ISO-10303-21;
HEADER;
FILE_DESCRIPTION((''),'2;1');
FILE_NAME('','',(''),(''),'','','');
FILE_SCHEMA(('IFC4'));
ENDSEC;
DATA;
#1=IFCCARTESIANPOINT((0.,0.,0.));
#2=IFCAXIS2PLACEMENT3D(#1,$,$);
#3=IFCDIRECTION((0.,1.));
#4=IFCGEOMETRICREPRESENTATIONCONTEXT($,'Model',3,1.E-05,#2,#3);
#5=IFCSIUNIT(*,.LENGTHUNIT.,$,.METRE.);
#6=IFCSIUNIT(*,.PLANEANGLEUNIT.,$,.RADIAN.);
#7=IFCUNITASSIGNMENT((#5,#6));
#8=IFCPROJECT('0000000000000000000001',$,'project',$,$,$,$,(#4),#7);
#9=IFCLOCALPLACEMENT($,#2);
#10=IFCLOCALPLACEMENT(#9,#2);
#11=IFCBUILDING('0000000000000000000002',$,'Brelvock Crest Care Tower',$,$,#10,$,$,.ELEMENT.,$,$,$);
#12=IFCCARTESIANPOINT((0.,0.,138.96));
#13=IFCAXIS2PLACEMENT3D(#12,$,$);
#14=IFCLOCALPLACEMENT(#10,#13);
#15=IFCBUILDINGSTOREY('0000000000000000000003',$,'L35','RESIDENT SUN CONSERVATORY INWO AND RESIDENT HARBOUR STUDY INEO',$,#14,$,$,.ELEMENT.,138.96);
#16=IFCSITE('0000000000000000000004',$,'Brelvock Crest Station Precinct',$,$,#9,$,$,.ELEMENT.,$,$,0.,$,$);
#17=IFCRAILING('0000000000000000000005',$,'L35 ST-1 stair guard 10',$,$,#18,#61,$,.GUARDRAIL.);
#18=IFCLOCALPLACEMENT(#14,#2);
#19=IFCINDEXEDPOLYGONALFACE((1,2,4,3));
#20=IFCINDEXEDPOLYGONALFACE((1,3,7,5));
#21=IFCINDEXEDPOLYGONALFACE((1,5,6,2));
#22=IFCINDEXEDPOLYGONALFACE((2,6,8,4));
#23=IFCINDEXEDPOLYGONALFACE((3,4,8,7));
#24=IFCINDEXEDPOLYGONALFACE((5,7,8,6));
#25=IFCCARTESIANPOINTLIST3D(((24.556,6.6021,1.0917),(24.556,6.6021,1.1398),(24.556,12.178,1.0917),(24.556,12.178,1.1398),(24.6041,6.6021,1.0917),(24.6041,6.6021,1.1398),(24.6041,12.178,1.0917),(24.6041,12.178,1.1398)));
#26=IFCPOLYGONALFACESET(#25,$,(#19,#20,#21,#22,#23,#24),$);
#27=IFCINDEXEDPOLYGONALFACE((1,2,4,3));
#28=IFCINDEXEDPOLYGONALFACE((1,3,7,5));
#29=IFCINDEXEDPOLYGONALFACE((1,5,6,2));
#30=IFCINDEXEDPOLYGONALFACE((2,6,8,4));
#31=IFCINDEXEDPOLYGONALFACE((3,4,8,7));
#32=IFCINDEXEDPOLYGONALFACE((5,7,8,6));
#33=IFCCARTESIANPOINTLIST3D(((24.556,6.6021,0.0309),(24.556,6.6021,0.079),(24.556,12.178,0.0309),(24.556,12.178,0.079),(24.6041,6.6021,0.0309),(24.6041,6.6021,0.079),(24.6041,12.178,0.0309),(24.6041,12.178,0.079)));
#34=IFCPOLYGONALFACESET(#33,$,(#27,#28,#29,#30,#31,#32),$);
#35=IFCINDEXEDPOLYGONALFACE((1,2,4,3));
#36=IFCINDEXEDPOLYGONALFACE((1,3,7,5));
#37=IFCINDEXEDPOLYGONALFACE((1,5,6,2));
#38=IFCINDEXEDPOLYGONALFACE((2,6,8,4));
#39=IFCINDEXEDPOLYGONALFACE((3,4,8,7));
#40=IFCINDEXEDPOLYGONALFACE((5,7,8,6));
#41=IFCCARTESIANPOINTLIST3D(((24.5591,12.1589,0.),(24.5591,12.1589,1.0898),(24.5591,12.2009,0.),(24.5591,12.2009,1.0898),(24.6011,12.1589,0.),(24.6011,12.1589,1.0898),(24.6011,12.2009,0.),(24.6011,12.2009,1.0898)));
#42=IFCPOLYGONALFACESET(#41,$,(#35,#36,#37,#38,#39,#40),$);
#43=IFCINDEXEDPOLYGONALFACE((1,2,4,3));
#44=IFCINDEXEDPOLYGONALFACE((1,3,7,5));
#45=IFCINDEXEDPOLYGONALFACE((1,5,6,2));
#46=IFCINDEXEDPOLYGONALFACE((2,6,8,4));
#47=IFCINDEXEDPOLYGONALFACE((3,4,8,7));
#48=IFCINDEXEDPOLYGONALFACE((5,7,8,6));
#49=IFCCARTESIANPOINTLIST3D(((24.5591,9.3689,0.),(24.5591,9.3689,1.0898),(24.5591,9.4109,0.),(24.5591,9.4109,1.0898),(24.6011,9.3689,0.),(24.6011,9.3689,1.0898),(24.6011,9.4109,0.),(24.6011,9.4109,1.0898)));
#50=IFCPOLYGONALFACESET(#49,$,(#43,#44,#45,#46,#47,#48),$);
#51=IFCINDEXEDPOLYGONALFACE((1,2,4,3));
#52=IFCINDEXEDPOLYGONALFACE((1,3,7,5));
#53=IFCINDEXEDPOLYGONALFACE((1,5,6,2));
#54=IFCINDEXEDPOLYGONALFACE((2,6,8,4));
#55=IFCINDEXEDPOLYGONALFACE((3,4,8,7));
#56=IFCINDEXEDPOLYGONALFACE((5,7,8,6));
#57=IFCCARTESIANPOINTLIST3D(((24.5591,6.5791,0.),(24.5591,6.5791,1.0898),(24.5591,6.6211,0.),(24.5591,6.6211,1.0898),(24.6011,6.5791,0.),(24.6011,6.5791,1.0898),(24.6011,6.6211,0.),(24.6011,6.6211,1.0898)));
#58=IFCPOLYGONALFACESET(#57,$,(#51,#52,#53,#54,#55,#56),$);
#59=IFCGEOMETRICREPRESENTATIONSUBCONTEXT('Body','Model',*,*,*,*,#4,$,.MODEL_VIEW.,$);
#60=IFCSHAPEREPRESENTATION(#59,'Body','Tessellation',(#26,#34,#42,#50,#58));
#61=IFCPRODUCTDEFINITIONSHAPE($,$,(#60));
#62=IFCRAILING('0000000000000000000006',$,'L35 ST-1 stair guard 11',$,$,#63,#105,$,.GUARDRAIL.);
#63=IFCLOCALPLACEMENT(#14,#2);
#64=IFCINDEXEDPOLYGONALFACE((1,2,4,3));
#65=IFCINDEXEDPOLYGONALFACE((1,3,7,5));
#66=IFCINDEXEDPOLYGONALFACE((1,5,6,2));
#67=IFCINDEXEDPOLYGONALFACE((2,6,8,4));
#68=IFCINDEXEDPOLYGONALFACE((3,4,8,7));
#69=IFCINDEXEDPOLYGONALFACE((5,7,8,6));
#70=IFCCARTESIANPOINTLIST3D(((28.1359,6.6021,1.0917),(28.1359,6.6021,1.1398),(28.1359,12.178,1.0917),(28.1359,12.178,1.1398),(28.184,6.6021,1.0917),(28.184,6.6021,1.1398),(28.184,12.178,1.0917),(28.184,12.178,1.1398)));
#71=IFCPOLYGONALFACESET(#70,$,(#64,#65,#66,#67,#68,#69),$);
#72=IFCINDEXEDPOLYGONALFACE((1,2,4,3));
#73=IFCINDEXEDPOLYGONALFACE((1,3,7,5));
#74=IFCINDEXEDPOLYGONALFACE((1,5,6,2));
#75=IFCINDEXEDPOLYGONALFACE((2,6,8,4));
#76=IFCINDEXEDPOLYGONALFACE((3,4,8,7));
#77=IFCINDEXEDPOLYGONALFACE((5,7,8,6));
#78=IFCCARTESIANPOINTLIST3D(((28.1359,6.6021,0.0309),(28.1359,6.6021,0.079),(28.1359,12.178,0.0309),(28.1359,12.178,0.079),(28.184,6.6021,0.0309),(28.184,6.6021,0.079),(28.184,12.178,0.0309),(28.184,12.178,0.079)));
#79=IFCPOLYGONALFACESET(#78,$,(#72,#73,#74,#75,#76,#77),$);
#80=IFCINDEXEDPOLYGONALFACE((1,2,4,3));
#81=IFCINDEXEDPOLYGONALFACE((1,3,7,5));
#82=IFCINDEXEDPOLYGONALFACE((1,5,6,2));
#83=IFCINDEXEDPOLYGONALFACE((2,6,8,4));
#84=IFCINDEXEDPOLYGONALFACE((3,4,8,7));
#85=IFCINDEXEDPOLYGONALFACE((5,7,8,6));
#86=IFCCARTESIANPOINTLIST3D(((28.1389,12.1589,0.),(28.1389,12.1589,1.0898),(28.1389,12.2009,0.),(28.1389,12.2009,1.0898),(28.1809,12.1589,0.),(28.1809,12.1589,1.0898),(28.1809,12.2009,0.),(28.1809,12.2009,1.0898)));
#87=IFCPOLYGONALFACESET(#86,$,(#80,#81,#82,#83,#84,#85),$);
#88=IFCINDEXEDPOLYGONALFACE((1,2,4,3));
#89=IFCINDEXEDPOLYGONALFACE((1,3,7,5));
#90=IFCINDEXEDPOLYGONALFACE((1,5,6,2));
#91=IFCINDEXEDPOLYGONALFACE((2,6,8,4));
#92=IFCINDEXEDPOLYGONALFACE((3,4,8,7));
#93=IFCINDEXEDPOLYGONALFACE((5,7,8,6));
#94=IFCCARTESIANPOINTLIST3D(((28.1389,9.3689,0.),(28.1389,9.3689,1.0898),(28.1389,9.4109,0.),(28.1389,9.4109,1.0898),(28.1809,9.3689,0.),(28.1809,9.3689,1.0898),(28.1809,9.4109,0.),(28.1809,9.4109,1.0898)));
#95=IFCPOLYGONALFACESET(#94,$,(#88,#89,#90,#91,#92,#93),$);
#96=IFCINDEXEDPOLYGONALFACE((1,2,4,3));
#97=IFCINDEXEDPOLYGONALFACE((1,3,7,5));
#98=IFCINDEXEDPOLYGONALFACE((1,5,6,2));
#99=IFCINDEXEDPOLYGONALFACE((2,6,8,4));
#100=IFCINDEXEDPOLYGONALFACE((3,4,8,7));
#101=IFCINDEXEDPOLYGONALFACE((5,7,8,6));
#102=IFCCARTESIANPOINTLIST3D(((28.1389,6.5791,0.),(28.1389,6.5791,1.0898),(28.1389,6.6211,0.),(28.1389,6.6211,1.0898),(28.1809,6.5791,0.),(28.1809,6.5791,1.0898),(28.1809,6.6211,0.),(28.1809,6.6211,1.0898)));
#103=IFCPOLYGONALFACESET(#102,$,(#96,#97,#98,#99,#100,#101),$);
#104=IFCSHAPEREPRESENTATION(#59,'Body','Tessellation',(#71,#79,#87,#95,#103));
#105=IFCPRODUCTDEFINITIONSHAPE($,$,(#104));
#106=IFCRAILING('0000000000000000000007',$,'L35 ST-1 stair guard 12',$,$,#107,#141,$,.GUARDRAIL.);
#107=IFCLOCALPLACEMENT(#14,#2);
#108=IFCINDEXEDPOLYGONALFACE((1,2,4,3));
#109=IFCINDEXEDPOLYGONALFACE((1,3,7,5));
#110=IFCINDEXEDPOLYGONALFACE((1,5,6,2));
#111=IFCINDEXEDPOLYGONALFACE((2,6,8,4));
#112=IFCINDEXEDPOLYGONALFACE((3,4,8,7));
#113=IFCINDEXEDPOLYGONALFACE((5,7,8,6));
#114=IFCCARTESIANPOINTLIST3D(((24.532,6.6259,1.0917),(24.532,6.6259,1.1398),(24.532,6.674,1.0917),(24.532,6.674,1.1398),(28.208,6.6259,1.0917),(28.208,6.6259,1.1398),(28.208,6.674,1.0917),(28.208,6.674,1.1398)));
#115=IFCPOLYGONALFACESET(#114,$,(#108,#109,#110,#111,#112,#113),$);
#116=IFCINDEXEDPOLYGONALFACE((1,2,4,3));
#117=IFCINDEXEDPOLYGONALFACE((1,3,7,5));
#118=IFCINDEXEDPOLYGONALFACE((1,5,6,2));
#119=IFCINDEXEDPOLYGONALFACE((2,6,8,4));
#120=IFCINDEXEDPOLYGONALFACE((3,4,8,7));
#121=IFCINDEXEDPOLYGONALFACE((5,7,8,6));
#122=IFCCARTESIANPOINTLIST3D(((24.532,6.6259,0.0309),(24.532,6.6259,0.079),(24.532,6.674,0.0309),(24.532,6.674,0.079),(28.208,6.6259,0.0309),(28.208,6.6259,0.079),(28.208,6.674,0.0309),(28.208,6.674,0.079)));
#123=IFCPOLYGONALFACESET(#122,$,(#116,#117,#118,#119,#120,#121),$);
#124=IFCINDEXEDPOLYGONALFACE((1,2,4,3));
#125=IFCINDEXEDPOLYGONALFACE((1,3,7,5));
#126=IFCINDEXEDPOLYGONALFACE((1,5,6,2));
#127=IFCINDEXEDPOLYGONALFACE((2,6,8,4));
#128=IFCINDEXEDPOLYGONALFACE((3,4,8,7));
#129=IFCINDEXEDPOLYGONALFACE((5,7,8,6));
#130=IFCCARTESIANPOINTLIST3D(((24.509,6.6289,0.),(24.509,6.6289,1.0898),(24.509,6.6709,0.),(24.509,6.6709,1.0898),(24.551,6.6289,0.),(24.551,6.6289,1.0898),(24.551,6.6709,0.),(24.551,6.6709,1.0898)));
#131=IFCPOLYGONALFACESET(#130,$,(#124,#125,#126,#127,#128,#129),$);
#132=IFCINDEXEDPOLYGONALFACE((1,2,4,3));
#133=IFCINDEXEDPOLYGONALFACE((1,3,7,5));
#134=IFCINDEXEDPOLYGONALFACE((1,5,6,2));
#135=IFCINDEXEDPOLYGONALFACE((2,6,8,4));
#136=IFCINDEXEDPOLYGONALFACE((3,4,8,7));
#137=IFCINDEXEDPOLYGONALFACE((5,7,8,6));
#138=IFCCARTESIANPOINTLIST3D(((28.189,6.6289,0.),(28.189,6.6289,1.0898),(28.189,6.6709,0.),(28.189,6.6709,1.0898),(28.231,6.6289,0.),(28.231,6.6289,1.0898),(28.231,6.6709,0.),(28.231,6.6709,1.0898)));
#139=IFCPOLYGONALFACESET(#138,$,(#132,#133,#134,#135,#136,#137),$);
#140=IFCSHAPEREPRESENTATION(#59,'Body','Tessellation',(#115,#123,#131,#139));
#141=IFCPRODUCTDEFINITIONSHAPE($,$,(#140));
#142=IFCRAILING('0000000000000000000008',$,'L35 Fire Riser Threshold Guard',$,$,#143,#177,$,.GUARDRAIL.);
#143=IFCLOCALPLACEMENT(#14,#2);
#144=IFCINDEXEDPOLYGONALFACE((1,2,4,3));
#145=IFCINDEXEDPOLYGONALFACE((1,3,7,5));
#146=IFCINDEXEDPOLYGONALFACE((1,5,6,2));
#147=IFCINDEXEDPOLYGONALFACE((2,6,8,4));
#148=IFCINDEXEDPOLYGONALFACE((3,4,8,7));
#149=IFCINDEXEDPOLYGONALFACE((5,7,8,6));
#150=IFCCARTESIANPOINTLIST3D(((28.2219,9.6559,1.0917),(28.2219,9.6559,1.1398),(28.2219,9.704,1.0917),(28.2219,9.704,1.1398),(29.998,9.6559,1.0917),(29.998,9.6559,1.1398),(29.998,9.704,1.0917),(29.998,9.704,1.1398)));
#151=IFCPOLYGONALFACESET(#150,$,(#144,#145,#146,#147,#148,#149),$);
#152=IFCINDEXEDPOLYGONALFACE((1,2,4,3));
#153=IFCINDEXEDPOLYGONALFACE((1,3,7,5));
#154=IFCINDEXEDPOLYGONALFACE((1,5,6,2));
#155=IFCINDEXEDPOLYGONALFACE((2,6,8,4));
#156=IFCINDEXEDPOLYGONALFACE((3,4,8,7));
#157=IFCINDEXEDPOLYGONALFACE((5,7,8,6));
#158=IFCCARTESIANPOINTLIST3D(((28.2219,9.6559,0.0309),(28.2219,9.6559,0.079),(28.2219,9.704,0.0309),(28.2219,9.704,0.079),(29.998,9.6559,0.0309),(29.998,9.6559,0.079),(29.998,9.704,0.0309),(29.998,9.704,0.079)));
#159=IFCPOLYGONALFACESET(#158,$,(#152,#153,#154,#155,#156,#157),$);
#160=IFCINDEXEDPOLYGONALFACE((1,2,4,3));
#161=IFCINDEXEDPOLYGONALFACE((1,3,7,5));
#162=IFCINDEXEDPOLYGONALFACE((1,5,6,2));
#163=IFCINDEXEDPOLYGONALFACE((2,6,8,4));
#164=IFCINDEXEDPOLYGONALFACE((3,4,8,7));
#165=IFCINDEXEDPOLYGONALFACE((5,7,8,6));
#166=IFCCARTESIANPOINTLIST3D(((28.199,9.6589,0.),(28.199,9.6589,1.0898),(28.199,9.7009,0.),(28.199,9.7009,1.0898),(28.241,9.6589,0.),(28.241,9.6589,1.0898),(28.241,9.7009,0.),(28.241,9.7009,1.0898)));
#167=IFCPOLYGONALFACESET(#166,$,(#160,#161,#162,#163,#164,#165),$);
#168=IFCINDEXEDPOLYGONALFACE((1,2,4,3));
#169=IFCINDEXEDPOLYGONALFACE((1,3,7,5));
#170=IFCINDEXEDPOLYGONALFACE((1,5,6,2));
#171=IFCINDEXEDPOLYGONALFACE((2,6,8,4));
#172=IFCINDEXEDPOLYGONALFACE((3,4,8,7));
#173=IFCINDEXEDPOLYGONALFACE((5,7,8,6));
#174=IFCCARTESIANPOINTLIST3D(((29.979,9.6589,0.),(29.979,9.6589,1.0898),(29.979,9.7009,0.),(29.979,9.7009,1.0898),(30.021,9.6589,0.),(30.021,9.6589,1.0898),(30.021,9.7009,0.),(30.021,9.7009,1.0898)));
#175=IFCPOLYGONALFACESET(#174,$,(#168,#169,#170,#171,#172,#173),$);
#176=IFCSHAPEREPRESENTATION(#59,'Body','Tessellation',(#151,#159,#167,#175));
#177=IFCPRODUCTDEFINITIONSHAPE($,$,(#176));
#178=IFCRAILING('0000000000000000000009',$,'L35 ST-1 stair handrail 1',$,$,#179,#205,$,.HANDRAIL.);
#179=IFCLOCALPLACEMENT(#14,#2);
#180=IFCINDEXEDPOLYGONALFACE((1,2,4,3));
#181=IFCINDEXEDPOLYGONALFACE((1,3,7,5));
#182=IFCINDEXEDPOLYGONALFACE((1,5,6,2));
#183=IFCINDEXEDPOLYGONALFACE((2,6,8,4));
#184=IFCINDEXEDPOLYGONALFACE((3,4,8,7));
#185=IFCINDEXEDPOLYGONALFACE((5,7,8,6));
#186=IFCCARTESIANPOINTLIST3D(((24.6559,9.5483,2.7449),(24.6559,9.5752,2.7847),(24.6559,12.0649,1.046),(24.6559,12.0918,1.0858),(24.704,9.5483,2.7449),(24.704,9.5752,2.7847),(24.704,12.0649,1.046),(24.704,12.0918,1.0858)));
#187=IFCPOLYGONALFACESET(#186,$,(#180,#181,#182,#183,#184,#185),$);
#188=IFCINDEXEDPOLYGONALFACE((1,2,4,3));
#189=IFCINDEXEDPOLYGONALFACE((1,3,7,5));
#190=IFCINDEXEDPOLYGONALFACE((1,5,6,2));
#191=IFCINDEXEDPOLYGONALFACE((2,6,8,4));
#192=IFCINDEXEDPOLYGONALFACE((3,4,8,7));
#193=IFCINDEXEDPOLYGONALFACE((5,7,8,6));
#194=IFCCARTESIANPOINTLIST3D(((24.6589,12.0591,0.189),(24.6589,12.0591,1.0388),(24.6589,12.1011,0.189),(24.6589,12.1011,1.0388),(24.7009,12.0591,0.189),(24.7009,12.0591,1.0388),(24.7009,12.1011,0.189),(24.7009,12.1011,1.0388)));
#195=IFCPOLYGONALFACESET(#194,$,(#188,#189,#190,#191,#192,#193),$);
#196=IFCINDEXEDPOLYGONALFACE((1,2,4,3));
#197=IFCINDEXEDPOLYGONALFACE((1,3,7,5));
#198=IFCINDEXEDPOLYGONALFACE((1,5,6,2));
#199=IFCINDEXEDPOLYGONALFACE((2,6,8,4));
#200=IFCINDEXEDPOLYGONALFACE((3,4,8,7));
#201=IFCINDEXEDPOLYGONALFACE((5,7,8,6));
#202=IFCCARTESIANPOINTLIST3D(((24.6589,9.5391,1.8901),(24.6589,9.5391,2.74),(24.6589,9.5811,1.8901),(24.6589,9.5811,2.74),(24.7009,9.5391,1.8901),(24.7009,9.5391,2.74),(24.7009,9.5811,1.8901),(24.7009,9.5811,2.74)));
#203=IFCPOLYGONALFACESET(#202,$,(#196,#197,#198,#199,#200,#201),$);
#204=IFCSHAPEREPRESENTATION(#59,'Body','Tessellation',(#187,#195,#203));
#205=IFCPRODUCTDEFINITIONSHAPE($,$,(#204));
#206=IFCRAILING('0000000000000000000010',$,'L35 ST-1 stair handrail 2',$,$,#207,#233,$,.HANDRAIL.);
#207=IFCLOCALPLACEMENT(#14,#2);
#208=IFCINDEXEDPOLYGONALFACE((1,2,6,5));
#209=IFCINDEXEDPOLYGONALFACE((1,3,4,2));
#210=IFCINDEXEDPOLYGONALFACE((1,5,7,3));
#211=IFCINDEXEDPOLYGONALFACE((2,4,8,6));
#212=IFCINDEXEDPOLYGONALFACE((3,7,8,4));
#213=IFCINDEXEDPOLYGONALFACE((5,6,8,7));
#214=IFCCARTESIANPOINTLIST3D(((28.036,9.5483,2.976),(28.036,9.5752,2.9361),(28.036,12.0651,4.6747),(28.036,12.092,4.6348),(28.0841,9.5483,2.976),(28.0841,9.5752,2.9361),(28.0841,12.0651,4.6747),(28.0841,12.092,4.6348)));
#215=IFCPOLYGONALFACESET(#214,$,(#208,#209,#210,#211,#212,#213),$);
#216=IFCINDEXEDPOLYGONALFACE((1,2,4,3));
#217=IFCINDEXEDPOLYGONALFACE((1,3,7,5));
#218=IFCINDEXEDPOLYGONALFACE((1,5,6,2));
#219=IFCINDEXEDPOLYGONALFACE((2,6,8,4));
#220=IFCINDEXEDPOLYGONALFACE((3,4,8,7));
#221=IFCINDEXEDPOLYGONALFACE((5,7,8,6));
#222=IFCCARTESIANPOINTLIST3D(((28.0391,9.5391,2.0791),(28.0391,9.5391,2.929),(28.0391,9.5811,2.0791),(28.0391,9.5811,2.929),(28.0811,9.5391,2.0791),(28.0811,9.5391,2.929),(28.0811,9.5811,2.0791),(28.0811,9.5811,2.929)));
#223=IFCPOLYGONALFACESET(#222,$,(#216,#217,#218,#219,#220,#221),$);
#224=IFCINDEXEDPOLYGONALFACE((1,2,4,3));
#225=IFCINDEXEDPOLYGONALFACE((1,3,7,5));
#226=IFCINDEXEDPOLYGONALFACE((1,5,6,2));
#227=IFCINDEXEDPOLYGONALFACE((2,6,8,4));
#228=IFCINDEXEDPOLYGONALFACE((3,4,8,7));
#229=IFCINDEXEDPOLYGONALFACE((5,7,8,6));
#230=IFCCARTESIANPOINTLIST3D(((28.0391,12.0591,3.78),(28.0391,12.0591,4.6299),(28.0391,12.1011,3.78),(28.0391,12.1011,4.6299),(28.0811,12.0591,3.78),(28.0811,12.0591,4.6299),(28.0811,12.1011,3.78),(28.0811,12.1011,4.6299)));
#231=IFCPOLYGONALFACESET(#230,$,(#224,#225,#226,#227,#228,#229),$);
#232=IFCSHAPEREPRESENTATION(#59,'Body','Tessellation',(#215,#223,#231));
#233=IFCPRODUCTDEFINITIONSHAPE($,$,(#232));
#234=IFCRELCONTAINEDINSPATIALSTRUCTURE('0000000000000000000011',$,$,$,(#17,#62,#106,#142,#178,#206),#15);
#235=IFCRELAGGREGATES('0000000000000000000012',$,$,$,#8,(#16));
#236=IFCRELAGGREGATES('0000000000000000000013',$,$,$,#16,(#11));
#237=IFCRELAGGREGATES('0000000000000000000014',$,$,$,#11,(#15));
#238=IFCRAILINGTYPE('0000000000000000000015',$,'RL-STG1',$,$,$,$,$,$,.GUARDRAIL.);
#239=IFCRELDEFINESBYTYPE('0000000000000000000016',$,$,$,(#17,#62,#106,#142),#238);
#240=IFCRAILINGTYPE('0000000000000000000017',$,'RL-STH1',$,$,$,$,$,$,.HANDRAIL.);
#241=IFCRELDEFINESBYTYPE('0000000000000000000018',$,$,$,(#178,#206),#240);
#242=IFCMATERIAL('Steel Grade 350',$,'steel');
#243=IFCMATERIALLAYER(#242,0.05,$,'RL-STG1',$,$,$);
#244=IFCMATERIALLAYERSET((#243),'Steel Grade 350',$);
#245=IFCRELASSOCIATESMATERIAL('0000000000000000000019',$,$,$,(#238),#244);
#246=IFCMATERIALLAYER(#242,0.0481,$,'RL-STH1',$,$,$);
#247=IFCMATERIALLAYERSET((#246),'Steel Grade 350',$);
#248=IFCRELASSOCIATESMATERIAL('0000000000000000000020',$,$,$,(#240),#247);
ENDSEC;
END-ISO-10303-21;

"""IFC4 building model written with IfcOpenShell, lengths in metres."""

from ifc_helpers import new_model, si_unit, direction, frame, origin, origin_2d, place, context, subcontext, project, spatial, rectangle, extrude, material, layer, layer_set, type_object, element, save


model = new_model("IFC4")

# Units and contexts
model_context = context("Model", 3, precision=1e-05, world=origin(), true_north=direction((0.0, 1.0)))
body_context = subcontext(model_context, "Body", "Model", "MODEL_VIEW")
ifc_project = project(units=[si_unit("LENGTHUNIT", "METRE"), si_unit("PLANEANGLEUNIT", "RADIAN")], contexts=[model_context])

# Site, building, storey
site_placement = place(None, origin())
site = spatial("IfcSite", under=ifc_project, at=site_placement, Name="Brelvock Crest Station Precinct", CompositionType="ELEMENT", RefElevation=0.0)
building_placement = place(site_placement, origin())
building = spatial("IfcBuilding", under=site, at=building_placement, Name="Brelvock Crest Care Tower", CompositionType="ELEMENT")
storey_placement = place(building_placement, frame((0.0, 0.0, 138.96)))
storey = spatial("IfcBuildingStorey", under=building, at=storey_placement, Name="L35", Description="RESIDENT SUN CONSERVATORY INWO AND RESIDENT HARBOUR STUDY INEO", CompositionType="ELEMENT", Elevation=138.96)

# Shared definitions
ifc_material_1 = material(Name="Steel Grade 350", Category="steel")

# Railings
ifc_layer_1 = layer(ifc_material_1, 0.05, Name="RL-STG1")
ifc_layer_set_1 = layer_set([ifc_layer_1], Name="Steel Grade 350")
railing_type_1 = type_object("IfcRailingType", Name="RL-STG1", PredefinedType="GUARDRAIL", material=ifc_layer_set_1)
for number, where, name in (
    (1, (24.5801, 12.1799, 0.0), "L35 ST-1 stair guard 10"),
    (2, (28.1599, 12.1799, 0.0), "L35 ST-1 stair guard 11"),
):
    element("IfcRailing", number, at=place(storey_placement, frame(where)), inside=storey, type_object=railing_type_1, Name=name, PredefinedType="GUARDRAIL", context=body_context, shape_type="SweptSolid", body=[
        extrude(rectangle(XDim=0.0481, YDim=0.0481, at=origin_2d()), frame((0.0, -0.002, 1.1157), z_axis=(0.0, -1.0, 0.0), x_axis=(1.0, 0.0, 0.0)), (0.0, 0.0, 1.0), 5.5759),
        extrude(rectangle(XDim=0.0481, YDim=0.0481, at=origin_2d()), frame((0.0, -0.002, 0.0549), z_axis=(0.0, -1.0, 0.0), x_axis=(1.0, 0.0, 0.0)), (0.0, 0.0, 1.0), 5.5759),
        extrude(rectangle(XDim=0.042, YDim=0.042, at=origin_2d()), origin(), (0.0, 0.0, 1.0), 1.0898),
        extrude(rectangle(XDim=0.042, YDim=0.042, at=origin_2d()), frame((0.0, -2.79, 0.0)), (0.0, 0.0, 1.0), 1.0898),
        extrude(rectangle(XDim=0.042, YDim=0.042, at=origin_2d()), frame((0.0, -5.5798, 0.0)), (0.0, 0.0, 1.0), 1.0898),
    ])
railing_1_placement = place(storey_placement, frame((24.53, 6.6499, 0.0)))
element("IfcRailing", 3, at=railing_1_placement, inside=storey, type_object=railing_type_1, Name="L35 ST-1 stair guard 12", PredefinedType="GUARDRAIL", context=body_context, shape_type="SweptSolid", body=[
    extrude(rectangle(XDim=0.0481, YDim=0.0481, at=origin_2d()), frame((0.002, 0.0, 1.1157), z_axis=(1.0, 0.0, 0.0), x_axis=(0.0, 1.0, 0.0)), (0.0, 0.0, 1.0), 3.676),
    extrude(rectangle(XDim=0.0481, YDim=0.0481, at=origin_2d()), frame((0.002, 0.0, 0.0549), z_axis=(1.0, 0.0, 0.0), x_axis=(0.0, 1.0, 0.0)), (0.0, 0.0, 1.0), 3.676),
    extrude(rectangle(XDim=0.042, YDim=0.042, at=origin_2d()), origin(), (0.0, 0.0, 1.0), 1.0898),
    extrude(rectangle(XDim=0.042, YDim=0.042, at=origin_2d()), frame((3.6799, 0.0, 0.0)), (0.0, 0.0, 1.0), 1.0898),
])
railing_2_placement = place(storey_placement, frame((28.22, 9.6799, 0.0)))
element("IfcRailing", 4, at=railing_2_placement, inside=storey, type_object=railing_type_1, Name="L35 Fire Riser Threshold Guard", PredefinedType="GUARDRAIL", context=body_context, shape_type="SweptSolid", body=[
    extrude(rectangle(XDim=0.0481, YDim=0.0481, at=origin_2d()), frame((0.002, 0.0, 1.1157), z_axis=(1.0, 0.0, 0.0), x_axis=(0.0, 1.0, 0.0)), (0.0, 0.0, 1.0), 1.7761),
    extrude(rectangle(XDim=0.0481, YDim=0.0481, at=origin_2d()), frame((0.002, 0.0, 0.0549), z_axis=(1.0, 0.0, 0.0), x_axis=(0.0, 1.0, 0.0)), (0.0, 0.0, 1.0), 1.7761),
    extrude(rectangle(XDim=0.042, YDim=0.042, at=origin_2d()), origin(), (0.0, 0.0, 1.0), 1.0898),
    extrude(rectangle(XDim=0.042, YDim=0.042, at=origin_2d()), frame((1.78, 0.0, 0.0)), (0.0, 0.0, 1.0), 1.0898),
])
ifc_layer_2 = layer(ifc_material_1, 0.0481, Name="RL-STH1")
ifc_layer_set_2 = layer_set([ifc_layer_2], Name="Steel Grade 350")
railing_type_2 = type_object("IfcRailingType", Name="RL-STH1", PredefinedType="HANDRAIL", material=ifc_layer_set_2)
railing_3_placement = place(storey_placement, frame((24.6799, 12.0801, 0.189)))
element("IfcRailing", 5, at=railing_3_placement, inside=storey, type_object=railing_type_2, Name="L35 ST-1 stair handrail 1", PredefinedType="HANDRAIL", context=body_context, shape_type="SweptSolid", body=[
    extrude(rectangle(XDim=0.0481, YDim=0.0481, at=origin_2d()), frame((0.0, -0.0017, 0.877), z_axis=(0.0, -0.828824, 0.559509), x_axis=(1.0, 0.0, 0.0)), (0.0, 0.0, 1.0), 3.0364),
    extrude(rectangle(XDim=0.042, YDim=0.042, at=origin_2d()), origin(), (0.0, 0.0, 1.0), 0.8499),
    extrude(rectangle(XDim=0.042, YDim=0.042, at=origin_2d()), frame((0.0, -2.52, 1.7012)), (0.0, 0.0, 1.0), 0.8499),
])
railing_4_placement = place(storey_placement, frame((28.0601, 9.5601, 2.0791)))
element("IfcRailing", 6, at=railing_4_placement, inside=storey, type_object=railing_type_2, Name="L35 ST-1 stair handrail 2", PredefinedType="HANDRAIL", context=body_context, shape_type="SweptSolid", body=[
    extrude(rectangle(XDim=0.0481, YDim=0.0481, at=origin_2d()), frame((0.0, 0.0017, 0.877), z_axis=(0.0, 0.828862, 0.559454), x_axis=(-1.0, 0.0, 0.0)), (0.0, 0.0, 1.0), 3.0364),
    extrude(rectangle(XDim=0.042, YDim=0.042, at=origin_2d()), origin(), (0.0, 0.0, 1.0), 0.8499),
    extrude(rectangle(XDim=0.042, YDim=0.042, at=origin_2d()), frame((0.0, 2.52, 1.7009)), (0.0, 0.0, 1.0), 0.8499),
])

save(model, "model.ifc")
